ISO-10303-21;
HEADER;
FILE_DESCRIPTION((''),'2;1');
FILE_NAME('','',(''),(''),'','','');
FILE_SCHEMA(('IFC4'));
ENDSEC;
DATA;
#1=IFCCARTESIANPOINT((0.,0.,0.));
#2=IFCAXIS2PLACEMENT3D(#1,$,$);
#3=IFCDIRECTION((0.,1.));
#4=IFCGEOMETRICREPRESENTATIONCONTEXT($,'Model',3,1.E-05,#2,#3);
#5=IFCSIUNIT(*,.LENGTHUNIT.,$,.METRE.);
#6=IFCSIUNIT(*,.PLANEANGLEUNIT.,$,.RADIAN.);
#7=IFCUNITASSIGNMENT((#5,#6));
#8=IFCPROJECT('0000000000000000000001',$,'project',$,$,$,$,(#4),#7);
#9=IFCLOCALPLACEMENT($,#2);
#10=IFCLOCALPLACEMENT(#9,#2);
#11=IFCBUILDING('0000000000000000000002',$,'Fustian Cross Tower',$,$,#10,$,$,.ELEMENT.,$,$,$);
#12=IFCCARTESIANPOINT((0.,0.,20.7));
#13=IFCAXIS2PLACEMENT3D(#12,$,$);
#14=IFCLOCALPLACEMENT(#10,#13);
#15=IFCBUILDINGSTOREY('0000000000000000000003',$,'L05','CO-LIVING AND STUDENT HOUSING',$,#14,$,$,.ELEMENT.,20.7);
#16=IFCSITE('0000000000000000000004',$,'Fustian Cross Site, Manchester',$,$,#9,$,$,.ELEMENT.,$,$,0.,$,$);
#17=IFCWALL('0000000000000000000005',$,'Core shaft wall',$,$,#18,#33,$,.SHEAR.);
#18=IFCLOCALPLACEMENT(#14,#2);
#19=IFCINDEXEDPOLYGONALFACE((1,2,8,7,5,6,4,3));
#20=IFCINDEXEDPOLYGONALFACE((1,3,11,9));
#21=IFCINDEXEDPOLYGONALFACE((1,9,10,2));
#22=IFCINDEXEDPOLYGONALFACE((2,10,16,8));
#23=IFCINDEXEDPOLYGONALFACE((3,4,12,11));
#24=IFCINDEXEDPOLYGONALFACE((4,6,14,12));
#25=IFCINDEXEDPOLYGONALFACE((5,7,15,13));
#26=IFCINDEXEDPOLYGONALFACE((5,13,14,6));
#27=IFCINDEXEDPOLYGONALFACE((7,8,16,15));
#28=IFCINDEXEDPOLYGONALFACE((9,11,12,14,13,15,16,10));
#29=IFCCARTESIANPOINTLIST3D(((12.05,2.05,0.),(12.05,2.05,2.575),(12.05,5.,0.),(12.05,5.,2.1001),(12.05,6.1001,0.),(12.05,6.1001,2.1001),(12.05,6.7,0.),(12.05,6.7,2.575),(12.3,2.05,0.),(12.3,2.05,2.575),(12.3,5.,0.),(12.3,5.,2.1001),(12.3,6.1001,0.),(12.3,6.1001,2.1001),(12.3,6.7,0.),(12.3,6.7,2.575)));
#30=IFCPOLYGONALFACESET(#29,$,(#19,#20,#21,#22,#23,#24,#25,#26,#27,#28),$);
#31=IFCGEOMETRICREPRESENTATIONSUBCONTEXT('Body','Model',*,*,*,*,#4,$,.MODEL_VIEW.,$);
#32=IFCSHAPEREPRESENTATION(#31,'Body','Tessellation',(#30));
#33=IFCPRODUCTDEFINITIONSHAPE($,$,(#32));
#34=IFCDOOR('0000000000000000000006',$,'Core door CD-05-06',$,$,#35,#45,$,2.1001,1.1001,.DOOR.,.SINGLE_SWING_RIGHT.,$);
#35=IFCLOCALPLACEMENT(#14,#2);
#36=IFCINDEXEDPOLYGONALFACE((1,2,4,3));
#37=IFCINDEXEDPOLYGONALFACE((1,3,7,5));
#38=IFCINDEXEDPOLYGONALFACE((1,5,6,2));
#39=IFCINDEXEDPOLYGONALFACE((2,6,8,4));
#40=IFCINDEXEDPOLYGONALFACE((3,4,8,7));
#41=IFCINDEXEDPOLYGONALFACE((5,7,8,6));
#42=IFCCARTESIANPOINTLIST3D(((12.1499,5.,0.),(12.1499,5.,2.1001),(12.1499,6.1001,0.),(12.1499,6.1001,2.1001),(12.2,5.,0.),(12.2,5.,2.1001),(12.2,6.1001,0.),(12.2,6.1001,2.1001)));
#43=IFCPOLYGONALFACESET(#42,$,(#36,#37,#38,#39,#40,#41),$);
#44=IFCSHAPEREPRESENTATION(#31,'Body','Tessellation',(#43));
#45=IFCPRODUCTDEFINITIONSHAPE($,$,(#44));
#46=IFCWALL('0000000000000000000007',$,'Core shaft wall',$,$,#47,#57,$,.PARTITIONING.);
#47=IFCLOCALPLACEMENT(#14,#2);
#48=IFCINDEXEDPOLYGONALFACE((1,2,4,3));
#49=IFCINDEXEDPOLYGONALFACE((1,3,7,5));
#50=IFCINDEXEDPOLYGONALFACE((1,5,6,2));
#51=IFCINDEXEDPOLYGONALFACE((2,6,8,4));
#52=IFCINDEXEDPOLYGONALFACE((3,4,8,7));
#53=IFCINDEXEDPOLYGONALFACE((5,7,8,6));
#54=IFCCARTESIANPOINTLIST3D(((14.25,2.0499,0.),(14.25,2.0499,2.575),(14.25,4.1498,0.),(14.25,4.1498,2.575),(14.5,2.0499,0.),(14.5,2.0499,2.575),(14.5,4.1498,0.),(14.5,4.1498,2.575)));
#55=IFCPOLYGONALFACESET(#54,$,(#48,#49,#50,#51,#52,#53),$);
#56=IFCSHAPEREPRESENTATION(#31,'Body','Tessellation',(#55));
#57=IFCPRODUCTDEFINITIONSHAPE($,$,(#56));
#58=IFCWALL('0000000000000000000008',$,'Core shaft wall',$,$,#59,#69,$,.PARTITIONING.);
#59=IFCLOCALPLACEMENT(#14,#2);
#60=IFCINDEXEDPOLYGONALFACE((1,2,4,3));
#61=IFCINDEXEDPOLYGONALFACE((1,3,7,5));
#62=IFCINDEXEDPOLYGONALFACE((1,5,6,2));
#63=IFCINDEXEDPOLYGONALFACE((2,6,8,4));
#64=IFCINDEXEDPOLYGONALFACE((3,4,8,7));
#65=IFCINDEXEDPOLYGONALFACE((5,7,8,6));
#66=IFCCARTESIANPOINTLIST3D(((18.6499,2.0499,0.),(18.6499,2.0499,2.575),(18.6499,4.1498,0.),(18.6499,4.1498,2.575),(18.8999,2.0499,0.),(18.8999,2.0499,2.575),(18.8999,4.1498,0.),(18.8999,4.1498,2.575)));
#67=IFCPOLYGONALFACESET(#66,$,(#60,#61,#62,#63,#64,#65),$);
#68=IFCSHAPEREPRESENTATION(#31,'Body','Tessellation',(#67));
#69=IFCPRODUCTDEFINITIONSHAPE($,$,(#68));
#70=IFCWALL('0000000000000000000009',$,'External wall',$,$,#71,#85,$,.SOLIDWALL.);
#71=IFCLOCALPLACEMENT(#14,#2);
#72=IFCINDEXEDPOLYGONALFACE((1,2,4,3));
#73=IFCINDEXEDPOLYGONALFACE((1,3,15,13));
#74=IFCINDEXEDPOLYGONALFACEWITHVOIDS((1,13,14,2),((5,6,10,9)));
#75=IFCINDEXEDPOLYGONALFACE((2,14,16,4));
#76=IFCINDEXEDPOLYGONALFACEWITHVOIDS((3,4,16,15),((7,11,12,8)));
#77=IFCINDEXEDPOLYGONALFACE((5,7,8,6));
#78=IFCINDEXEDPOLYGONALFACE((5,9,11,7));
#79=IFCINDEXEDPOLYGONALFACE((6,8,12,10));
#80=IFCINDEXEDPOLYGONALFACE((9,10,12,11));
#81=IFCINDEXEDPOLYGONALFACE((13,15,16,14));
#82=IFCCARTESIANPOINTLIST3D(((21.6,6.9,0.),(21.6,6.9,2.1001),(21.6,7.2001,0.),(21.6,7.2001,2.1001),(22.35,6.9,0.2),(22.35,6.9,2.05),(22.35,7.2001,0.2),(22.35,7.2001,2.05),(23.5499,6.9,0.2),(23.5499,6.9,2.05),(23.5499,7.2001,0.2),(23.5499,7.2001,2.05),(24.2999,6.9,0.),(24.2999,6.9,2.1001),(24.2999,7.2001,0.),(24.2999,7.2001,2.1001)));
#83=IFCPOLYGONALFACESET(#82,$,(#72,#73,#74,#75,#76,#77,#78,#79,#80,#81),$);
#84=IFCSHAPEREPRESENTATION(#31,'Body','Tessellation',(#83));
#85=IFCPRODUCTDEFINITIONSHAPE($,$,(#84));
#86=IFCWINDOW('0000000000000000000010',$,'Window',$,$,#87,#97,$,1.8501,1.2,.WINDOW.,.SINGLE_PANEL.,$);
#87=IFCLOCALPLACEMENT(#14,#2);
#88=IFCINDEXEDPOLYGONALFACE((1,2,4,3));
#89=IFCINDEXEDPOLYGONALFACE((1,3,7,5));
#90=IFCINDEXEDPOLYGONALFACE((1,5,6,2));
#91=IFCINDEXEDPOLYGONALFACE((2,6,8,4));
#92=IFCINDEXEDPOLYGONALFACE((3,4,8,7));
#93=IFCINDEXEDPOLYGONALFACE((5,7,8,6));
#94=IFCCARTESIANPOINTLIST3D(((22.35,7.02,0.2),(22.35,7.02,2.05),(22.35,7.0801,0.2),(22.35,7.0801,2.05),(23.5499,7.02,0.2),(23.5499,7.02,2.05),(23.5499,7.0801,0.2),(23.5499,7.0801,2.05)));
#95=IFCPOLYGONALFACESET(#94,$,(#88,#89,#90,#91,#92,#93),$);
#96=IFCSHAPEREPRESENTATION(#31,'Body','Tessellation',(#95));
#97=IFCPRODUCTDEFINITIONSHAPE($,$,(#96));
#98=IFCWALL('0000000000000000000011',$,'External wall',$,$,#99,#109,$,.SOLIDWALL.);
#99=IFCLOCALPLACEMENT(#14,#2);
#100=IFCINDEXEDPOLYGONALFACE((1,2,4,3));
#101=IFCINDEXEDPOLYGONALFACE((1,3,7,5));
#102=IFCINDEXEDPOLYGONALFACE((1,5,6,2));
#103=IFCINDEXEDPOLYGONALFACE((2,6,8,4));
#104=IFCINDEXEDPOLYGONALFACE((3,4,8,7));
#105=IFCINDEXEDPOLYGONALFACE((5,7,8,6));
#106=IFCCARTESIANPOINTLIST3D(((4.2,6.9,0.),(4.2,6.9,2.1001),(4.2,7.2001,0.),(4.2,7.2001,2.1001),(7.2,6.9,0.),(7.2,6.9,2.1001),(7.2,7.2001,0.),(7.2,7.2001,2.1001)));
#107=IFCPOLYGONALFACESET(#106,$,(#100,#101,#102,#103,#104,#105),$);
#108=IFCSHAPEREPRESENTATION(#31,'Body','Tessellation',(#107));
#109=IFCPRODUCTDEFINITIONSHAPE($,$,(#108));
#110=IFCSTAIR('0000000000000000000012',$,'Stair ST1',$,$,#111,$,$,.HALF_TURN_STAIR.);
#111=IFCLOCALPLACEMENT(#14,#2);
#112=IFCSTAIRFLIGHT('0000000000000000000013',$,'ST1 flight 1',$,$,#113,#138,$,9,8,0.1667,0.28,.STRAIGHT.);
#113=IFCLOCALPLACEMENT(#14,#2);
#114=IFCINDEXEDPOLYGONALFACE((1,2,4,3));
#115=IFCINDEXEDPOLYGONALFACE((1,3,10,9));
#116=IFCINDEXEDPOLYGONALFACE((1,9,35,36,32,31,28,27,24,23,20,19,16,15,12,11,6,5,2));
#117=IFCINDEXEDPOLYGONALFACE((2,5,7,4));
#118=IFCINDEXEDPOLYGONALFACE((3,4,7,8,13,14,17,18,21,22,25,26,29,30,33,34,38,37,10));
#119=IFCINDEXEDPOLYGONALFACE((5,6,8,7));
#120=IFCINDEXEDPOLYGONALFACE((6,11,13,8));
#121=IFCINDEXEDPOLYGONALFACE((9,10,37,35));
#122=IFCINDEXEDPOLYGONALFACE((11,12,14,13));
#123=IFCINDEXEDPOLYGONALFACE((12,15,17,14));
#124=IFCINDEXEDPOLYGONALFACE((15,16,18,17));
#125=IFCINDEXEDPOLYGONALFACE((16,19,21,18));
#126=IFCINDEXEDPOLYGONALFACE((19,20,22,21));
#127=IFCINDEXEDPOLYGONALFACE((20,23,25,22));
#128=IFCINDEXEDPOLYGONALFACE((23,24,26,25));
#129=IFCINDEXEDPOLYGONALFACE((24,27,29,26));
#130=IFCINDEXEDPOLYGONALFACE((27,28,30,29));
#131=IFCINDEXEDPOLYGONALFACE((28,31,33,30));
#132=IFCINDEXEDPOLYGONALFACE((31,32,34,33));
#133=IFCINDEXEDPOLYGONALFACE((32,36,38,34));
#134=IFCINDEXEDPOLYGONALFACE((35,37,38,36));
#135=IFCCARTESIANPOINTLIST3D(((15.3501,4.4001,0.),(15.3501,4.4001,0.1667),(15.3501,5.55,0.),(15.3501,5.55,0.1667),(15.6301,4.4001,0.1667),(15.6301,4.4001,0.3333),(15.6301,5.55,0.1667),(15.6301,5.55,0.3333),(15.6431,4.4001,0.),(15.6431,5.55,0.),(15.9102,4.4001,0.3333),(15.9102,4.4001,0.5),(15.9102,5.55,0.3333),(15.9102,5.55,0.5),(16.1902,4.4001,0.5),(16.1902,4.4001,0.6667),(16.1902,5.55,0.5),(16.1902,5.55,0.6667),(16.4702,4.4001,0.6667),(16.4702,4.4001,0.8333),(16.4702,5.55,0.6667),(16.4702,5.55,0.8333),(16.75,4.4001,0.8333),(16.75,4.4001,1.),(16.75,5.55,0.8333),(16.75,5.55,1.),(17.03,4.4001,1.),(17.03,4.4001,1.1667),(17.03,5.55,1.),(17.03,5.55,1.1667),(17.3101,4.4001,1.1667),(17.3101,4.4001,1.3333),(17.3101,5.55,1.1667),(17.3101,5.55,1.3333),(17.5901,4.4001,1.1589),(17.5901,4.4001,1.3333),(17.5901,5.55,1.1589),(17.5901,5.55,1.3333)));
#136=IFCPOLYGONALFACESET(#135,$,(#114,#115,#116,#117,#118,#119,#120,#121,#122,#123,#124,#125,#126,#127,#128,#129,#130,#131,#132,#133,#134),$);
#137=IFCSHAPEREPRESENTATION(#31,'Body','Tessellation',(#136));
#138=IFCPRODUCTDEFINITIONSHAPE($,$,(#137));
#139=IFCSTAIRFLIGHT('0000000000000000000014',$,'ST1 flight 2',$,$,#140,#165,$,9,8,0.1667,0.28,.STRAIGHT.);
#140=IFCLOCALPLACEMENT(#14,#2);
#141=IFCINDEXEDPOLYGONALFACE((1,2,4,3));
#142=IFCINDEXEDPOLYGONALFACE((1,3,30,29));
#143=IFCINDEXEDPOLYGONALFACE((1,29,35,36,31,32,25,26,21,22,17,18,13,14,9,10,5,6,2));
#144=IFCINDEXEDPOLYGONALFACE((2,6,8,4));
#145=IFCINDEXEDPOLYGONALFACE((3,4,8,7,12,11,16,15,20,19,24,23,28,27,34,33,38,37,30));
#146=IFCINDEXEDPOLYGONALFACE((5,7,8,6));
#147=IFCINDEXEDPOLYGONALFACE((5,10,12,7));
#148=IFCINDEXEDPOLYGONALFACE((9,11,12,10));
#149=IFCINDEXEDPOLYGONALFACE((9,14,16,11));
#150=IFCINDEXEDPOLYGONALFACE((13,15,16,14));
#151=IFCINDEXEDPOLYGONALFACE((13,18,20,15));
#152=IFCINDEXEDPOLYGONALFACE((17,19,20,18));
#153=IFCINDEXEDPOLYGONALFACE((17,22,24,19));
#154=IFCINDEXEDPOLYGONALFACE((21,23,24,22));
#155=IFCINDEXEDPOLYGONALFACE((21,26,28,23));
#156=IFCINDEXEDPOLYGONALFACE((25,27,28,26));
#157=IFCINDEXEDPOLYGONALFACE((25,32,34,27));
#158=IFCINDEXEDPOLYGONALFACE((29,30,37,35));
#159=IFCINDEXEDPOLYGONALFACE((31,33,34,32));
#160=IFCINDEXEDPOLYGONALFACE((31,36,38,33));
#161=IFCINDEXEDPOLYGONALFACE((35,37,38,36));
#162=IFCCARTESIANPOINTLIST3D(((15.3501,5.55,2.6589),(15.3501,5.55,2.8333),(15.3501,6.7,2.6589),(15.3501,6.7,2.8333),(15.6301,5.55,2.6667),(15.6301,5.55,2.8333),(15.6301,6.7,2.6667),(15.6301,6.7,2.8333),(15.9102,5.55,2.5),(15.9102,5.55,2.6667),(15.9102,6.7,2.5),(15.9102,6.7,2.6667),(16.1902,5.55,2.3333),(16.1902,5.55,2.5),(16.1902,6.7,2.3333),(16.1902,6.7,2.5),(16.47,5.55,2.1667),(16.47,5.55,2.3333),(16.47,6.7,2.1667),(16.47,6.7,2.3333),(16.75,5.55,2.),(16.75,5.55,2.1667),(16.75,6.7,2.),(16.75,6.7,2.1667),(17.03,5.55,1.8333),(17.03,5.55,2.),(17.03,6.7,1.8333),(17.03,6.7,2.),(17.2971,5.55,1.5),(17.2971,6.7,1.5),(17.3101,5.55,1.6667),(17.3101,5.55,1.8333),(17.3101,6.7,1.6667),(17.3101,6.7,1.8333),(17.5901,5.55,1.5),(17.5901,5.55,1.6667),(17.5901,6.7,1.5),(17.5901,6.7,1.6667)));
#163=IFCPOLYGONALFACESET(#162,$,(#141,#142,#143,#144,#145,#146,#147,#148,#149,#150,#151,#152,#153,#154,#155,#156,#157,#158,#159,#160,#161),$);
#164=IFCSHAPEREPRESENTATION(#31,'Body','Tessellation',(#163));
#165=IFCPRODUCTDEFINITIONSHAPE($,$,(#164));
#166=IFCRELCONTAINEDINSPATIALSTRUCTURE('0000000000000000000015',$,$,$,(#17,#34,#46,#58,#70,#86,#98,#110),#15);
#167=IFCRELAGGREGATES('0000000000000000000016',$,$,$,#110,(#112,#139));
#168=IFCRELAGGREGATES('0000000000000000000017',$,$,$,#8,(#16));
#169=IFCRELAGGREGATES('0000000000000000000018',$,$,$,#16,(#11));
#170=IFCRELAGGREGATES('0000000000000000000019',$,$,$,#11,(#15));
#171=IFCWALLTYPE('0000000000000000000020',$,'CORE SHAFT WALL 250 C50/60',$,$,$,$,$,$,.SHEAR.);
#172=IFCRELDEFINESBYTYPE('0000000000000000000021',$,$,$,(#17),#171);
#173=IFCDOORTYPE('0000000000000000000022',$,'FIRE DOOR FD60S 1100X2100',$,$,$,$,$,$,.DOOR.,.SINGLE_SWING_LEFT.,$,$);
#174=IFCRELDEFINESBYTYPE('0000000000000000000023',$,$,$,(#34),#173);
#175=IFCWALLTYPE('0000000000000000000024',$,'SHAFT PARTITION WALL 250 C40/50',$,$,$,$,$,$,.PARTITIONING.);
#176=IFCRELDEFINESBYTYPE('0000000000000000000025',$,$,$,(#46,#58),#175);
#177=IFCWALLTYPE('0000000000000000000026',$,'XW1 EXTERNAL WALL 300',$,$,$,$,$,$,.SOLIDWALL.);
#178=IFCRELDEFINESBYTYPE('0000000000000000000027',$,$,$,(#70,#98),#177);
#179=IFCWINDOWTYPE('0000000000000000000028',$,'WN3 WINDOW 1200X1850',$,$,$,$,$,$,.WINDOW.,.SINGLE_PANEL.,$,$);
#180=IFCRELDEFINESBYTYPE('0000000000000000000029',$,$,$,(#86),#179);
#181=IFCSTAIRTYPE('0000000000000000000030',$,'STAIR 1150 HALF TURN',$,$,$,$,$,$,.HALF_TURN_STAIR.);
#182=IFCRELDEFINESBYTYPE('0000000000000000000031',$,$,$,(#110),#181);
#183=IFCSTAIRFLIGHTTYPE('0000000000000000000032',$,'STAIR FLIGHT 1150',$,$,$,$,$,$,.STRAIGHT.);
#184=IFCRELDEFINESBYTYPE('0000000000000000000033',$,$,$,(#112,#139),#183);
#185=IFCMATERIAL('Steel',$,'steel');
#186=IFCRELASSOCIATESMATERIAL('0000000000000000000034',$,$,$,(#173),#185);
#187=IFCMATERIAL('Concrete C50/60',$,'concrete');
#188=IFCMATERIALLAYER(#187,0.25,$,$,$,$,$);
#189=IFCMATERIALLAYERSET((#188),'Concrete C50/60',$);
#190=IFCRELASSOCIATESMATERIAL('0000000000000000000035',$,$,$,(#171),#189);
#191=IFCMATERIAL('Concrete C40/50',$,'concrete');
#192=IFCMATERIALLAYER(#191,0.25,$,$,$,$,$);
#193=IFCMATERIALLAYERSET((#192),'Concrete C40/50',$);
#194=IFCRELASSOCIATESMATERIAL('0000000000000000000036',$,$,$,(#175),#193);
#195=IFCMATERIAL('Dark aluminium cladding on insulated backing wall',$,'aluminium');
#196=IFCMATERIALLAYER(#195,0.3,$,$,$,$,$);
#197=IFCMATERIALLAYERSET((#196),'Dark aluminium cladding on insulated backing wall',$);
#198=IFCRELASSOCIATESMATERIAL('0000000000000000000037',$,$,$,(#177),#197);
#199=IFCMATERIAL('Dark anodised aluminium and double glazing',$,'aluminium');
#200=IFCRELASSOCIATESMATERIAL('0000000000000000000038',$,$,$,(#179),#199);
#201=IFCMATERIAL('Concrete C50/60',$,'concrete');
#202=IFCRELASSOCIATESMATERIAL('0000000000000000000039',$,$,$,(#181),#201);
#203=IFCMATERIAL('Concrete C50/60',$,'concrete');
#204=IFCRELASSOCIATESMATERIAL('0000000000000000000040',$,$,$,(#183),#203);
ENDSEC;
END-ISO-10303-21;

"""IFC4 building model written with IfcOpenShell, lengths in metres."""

from ifc_helpers import new_model, si_unit, direction, frame, frame_2d, origin, place, context, subcontext, project, spatial, polyline, rectangle, outline, extrude, material, layer, layer_set, type_object, element, fill, aggregate, save


model = new_model("IFC4")

# Units and contexts
model_context = context("Model", 3, precision=1e-05, world=origin(), true_north=direction((0.0, 1.0)))
body_context = subcontext(model_context, "Body", "Model", "MODEL_VIEW")
ifc_project = project(units=[si_unit("LENGTHUNIT", "METRE"), si_unit("PLANEANGLEUNIT", "RADIAN")], contexts=[model_context])

# Site, building, storey
site_placement = place(None, origin())
site = spatial("IfcSite", under=ifc_project, at=site_placement, Name="Fustian Cross Site, Manchester", CompositionType="ELEMENT", RefElevation=0.0)
building_placement = place(site_placement, origin())
building = spatial("IfcBuilding", under=site, at=building_placement, Name="Fustian Cross Tower", CompositionType="ELEMENT")
storey_placement = place(building_placement, frame((0.0, 0.0, 20.7)))
storey = spatial("IfcBuildingStorey", under=building, at=storey_placement, Name="L05", Description="CO-LIVING AND STUDENT HOUSING", CompositionType="ELEMENT", Elevation=20.7)

# Shared definitions
ifc_material_1 = material(Name="Steel", Category="steel")
door_type_1 = type_object("IfcDoorType", Name="FIRE DOOR FD60S 1100X2100", OperationType="SINGLE_SWING_LEFT", PredefinedType="DOOR", material=ifc_material_1)

# Shared definitions
ifc_material_2 = material(Name="Concrete C50/60", Category="concrete")
ifc_layer_1 = layer(ifc_material_2, 0.25)
ifc_layer_set_1 = layer_set([ifc_layer_1], Name="Concrete C50/60")
wall_type_1 = type_object("IfcWallType", Name="CORE SHAFT WALL 250 C50/60", PredefinedType="SHEAR", material=ifc_layer_set_1)

# Wall, opening, door
wall_1_placement = place(storey_placement, frame((12.175, 2.05, 0.0), z_axis=(0.0, 0.0, 1.0), x_axis=(0.0, 1.0, 0.0)))
wall_1 = element("IfcWall", 1, at=wall_1_placement, inside=storey, type_object=wall_type_1, Name="Core shaft wall", PredefinedType="SHEAR", context=body_context, shape_type="SweptSolid", body=[
    extrude(rectangle(XDim=4.6499, YDim=0.25, at=frame_2d((2.325, 0.0))), origin(), (0.0, 0.0, 1.0), 2.575),
])
opening_1_placement = place(wall_1_placement, frame((2.95, 0.0, 0.0)))
opening_1 = element("IfcOpeningElement", 2, at=opening_1_placement, cuts=wall_1, PredefinedType="OPENING", context=body_context, shape_type="SweptSolid", body=[
    extrude(rectangle(XDim=1.1001, YDim=2.1001, at=frame_2d((0.55, 1.05))), frame((0.0, 0.135, 0.0), z_axis=(0.0, -1.0, 0.0), x_axis=(1.0, 0.0, 0.0)), (0.0, 0.0, 1.0), 0.27),
])
door_1_placement = place(opening_1_placement, frame((1.1001, 0.0, 0.0), z_axis=(0.0, 0.0, 1.0), x_axis=(-1.0, 0.0, 0.0)))
door_1 = element("IfcDoor", 3, at=door_1_placement, inside=storey, type_object=door_type_1, Name="Core door CD-05-06", OperationType="SINGLE_SWING_RIGHT", OverallHeight=2.1001, OverallWidth=1.1001, PredefinedType="DOOR", context=body_context, shape_type="SweptSolid", body=[
    extrude(rectangle(XDim=1.1001, YDim=2.1001, at=frame_2d((0.55, 1.05))), frame((0.0, 0.0249, 0.0), z_axis=(0.0, -1.0, 0.0), x_axis=(1.0, 0.0, 0.0)), (0.0, 0.0, 1.0), 0.05),
])
fill(opening_1, door_1)

# Walls
ifc_material_3 = material(Name="Concrete C40/50", Category="concrete")
ifc_layer_2 = layer(ifc_material_3, 0.25)
ifc_layer_set_2 = layer_set([ifc_layer_2], Name="Concrete C40/50")
wall_type_2 = type_object("IfcWallType", Name="SHAFT PARTITION WALL 250 C40/50", PredefinedType="PARTITIONING", material=ifc_layer_set_2)
for number, where, z_axis, x_axis, name in (
    (4, (14.375, 2.05, 0.0), (0.0, 0.0, 1.0), (0.0, 1.0, 0.0), "Core shaft wall"),
    (5, (18.7749, 2.05, 0.0), (0.0, 0.0, 1.0), (0.0, 1.0, 0.0), "Core shaft wall"),
):
    element("IfcWall", number, at=place(storey_placement, frame(where, z_axis=z_axis, x_axis=x_axis)), inside=storey, type_object=wall_type_2, Name=name, PredefinedType="PARTITIONING", context=body_context, shape_type="SweptSolid", body=[
        extrude(rectangle(XDim=2.0999, YDim=0.25, at=frame_2d((1.0498, 0.0))), origin(), (0.0, 0.0, 1.0), 2.575),
    ])

# Wall, opening, window
ifc_material_4 = material(Name="Dark aluminium cladding on insulated backing wall", Category="aluminium")
ifc_layer_3 = layer(ifc_material_4, 0.3)
ifc_layer_set_3 = layer_set([ifc_layer_3], Name="Dark aluminium cladding on insulated backing wall")
wall_type_3 = type_object("IfcWallType", Name="XW1 EXTERNAL WALL 300", PredefinedType="SOLIDWALL", material=ifc_layer_set_3)
wall_2_placement = place(storey_placement, frame((24.3, 7.05, 0.0), z_axis=(0.0, 0.0, 1.0), x_axis=(-1.0, 0.0, 0.0)))
wall_2 = element("IfcWall", 6, at=wall_2_placement, inside=storey, type_object=wall_type_3, Name="External wall", PredefinedType="SOLIDWALL", context=body_context, shape_type="SweptSolid", body=[
    extrude(rectangle(XDim=2.7, YDim=0.3, at=frame_2d((1.3501, 0.0))), origin(), (0.0, 0.0, 1.0), 2.1001),
])
opening_2_placement = place(wall_2_placement, frame((0.75, 0.0, 0.2)))
opening_2 = element("IfcOpeningElement", 7, at=opening_2_placement, cuts=wall_2, PredefinedType="OPENING", context=body_context, shape_type="SweptSolid", body=[
    extrude(rectangle(XDim=1.2, YDim=1.8501, at=frame_2d((0.6001, 0.925))), frame((0.0, 0.1599, 0.0), z_axis=(0.0, -1.0, 0.0), x_axis=(1.0, 0.0, 0.0)), (0.0, 0.0, 1.0), 0.3201),
])
ifc_material_5 = material(Name="Dark anodised aluminium and double glazing", Category="aluminium")
window_type = type_object("IfcWindowType", Name="WN3 WINDOW 1200X1850", PartitioningType="SINGLE_PANEL", PredefinedType="WINDOW", material=ifc_material_5)
window_placement = place(opening_2_placement, origin())
window = element("IfcWindow", 8, at=window_placement, inside=storey, type_object=window_type, Name="Window", OverallHeight=1.8501, OverallWidth=1.2, PartitioningType="SINGLE_PANEL", PredefinedType="WINDOW", context=body_context, shape_type="SweptSolid", body=[
    extrude(rectangle(XDim=1.2, YDim=1.8501, at=frame_2d((0.6001, 0.925))), frame((0.0, 0.03, 0.0), z_axis=(0.0, -1.0, 0.0), x_axis=(1.0, 0.0, 0.0)), (0.0, 0.0, 1.0), 0.0601),
])
fill(opening_2, window)

# Wall
wall_3_placement = place(storey_placement, frame((7.2, 7.05, 0.0), z_axis=(0.0, 0.0, 1.0), x_axis=(-1.0, 0.0, 0.0)))
element("IfcWall", 9, at=wall_3_placement, inside=storey, type_object=wall_type_3, Name="External wall", PredefinedType="SOLIDWALL", context=body_context, shape_type="SweptSolid", body=[
    extrude(rectangle(XDim=3.0, YDim=0.3, at=frame_2d((1.5, 0.0))), origin(), (0.0, 0.0, 1.0), 2.1001),
])

# Stair, stair flights
ifc_material_6 = material(Name="Concrete C50/60", Category="concrete")
stair_type = type_object("IfcStairType", Name="STAIR 1150 HALF TURN", PredefinedType="HALF_TURN_STAIR", material=ifc_material_6)
stair_placement = place(storey_placement, origin())
stair = element("IfcStair", 10, at=stair_placement, inside=storey, type_object=stair_type, Name="Stair ST1", PredefinedType="HALF_TURN_STAIR")
ifc_material_7 = material(Name="Concrete C50/60", Category="concrete")
stair_flight_type = type_object("IfcStairFlightType", Name="STAIR FLIGHT 1150", PredefinedType="STRAIGHT", material=ifc_material_7)
stair_flight_1_placement = place(storey_placement, frame((15.3501, 4.9751, 0.0), z_axis=(0.0, 0.0, 1.0), x_axis=(1.0, 0.0, 0.0)))
stair_flight_1 = element("IfcStairFlight", 11, at=stair_flight_1_placement, type_object=stair_flight_type, Name="ST1 flight 1", NumberOfRisers=9, NumberOfTreads=8, PredefinedType="STRAIGHT", RiserHeight=0.1667, TreadLength=0.28, context=body_context, shape_type="SweptSolid", body=[
    extrude(outline(polyline([(0.0, 0.0), (0.0, 0.1667), (0.28, 0.1667), (0.28, 0.3333), (0.5601, 0.3333), (0.5601, 0.5), (0.8401, 0.5), (0.8401, 0.6667), (1.1201, 0.6667), (1.1201, 0.8333), (1.3999, 0.8333), (1.3999, 1.0), (1.6799, 1.0), (1.6799, 1.1667), (1.96, 1.1667), (1.96, 1.3333), (2.24, 1.3333), (2.24, 1.5), (2.24, 1.1589), (0.293, 0.0), (0.0, 0.0)])), frame((0.0, 0.575, 0.0), z_axis=(0.0, -1.0, 0.0), x_axis=(1.0, 0.0, 0.0)), (0.0, 0.0, 1.0), 1.1499),
])
stair_flight_2_placement = place(storey_placement, frame((17.5901, 6.125, 1.5), z_axis=(0.0, 0.0, 1.0), x_axis=(-1.0, 0.0, 0.0)))
stair_flight_2 = element("IfcStairFlight", 12, at=stair_flight_2_placement, type_object=stair_flight_type, Name="ST1 flight 2", NumberOfRisers=9, NumberOfTreads=8, PredefinedType="STRAIGHT", RiserHeight=0.1667, TreadLength=0.28, context=body_context, shape_type="SweptSolid", body=[
    extrude(outline(polyline([(0.0, 0.0), (0.0, 0.1667), (0.28, 0.1667), (0.28, 0.3333), (0.5601, 0.3333), (0.5601, 0.5), (0.8401, 0.5), (0.8401, 0.6667), (1.1201, 0.6667), (1.1201, 0.8333), (1.3999, 0.8333), (1.3999, 1.0), (1.6799, 1.0), (1.6799, 1.1667), (1.96, 1.1667), (1.96, 1.3333), (2.24, 1.3333), (2.24, 1.5), (2.24, 1.1589), (0.293, 0.0), (0.0, 0.0)])), frame((0.0, 0.575, 0.0), z_axis=(0.0, -1.0, 0.0), x_axis=(1.0, 0.0, 0.0)), (0.0, 0.0, 1.0), 1.1499),
])
aggregate(stair, [stair_flight_1, stair_flight_2])

save(model, "model.ifc")
